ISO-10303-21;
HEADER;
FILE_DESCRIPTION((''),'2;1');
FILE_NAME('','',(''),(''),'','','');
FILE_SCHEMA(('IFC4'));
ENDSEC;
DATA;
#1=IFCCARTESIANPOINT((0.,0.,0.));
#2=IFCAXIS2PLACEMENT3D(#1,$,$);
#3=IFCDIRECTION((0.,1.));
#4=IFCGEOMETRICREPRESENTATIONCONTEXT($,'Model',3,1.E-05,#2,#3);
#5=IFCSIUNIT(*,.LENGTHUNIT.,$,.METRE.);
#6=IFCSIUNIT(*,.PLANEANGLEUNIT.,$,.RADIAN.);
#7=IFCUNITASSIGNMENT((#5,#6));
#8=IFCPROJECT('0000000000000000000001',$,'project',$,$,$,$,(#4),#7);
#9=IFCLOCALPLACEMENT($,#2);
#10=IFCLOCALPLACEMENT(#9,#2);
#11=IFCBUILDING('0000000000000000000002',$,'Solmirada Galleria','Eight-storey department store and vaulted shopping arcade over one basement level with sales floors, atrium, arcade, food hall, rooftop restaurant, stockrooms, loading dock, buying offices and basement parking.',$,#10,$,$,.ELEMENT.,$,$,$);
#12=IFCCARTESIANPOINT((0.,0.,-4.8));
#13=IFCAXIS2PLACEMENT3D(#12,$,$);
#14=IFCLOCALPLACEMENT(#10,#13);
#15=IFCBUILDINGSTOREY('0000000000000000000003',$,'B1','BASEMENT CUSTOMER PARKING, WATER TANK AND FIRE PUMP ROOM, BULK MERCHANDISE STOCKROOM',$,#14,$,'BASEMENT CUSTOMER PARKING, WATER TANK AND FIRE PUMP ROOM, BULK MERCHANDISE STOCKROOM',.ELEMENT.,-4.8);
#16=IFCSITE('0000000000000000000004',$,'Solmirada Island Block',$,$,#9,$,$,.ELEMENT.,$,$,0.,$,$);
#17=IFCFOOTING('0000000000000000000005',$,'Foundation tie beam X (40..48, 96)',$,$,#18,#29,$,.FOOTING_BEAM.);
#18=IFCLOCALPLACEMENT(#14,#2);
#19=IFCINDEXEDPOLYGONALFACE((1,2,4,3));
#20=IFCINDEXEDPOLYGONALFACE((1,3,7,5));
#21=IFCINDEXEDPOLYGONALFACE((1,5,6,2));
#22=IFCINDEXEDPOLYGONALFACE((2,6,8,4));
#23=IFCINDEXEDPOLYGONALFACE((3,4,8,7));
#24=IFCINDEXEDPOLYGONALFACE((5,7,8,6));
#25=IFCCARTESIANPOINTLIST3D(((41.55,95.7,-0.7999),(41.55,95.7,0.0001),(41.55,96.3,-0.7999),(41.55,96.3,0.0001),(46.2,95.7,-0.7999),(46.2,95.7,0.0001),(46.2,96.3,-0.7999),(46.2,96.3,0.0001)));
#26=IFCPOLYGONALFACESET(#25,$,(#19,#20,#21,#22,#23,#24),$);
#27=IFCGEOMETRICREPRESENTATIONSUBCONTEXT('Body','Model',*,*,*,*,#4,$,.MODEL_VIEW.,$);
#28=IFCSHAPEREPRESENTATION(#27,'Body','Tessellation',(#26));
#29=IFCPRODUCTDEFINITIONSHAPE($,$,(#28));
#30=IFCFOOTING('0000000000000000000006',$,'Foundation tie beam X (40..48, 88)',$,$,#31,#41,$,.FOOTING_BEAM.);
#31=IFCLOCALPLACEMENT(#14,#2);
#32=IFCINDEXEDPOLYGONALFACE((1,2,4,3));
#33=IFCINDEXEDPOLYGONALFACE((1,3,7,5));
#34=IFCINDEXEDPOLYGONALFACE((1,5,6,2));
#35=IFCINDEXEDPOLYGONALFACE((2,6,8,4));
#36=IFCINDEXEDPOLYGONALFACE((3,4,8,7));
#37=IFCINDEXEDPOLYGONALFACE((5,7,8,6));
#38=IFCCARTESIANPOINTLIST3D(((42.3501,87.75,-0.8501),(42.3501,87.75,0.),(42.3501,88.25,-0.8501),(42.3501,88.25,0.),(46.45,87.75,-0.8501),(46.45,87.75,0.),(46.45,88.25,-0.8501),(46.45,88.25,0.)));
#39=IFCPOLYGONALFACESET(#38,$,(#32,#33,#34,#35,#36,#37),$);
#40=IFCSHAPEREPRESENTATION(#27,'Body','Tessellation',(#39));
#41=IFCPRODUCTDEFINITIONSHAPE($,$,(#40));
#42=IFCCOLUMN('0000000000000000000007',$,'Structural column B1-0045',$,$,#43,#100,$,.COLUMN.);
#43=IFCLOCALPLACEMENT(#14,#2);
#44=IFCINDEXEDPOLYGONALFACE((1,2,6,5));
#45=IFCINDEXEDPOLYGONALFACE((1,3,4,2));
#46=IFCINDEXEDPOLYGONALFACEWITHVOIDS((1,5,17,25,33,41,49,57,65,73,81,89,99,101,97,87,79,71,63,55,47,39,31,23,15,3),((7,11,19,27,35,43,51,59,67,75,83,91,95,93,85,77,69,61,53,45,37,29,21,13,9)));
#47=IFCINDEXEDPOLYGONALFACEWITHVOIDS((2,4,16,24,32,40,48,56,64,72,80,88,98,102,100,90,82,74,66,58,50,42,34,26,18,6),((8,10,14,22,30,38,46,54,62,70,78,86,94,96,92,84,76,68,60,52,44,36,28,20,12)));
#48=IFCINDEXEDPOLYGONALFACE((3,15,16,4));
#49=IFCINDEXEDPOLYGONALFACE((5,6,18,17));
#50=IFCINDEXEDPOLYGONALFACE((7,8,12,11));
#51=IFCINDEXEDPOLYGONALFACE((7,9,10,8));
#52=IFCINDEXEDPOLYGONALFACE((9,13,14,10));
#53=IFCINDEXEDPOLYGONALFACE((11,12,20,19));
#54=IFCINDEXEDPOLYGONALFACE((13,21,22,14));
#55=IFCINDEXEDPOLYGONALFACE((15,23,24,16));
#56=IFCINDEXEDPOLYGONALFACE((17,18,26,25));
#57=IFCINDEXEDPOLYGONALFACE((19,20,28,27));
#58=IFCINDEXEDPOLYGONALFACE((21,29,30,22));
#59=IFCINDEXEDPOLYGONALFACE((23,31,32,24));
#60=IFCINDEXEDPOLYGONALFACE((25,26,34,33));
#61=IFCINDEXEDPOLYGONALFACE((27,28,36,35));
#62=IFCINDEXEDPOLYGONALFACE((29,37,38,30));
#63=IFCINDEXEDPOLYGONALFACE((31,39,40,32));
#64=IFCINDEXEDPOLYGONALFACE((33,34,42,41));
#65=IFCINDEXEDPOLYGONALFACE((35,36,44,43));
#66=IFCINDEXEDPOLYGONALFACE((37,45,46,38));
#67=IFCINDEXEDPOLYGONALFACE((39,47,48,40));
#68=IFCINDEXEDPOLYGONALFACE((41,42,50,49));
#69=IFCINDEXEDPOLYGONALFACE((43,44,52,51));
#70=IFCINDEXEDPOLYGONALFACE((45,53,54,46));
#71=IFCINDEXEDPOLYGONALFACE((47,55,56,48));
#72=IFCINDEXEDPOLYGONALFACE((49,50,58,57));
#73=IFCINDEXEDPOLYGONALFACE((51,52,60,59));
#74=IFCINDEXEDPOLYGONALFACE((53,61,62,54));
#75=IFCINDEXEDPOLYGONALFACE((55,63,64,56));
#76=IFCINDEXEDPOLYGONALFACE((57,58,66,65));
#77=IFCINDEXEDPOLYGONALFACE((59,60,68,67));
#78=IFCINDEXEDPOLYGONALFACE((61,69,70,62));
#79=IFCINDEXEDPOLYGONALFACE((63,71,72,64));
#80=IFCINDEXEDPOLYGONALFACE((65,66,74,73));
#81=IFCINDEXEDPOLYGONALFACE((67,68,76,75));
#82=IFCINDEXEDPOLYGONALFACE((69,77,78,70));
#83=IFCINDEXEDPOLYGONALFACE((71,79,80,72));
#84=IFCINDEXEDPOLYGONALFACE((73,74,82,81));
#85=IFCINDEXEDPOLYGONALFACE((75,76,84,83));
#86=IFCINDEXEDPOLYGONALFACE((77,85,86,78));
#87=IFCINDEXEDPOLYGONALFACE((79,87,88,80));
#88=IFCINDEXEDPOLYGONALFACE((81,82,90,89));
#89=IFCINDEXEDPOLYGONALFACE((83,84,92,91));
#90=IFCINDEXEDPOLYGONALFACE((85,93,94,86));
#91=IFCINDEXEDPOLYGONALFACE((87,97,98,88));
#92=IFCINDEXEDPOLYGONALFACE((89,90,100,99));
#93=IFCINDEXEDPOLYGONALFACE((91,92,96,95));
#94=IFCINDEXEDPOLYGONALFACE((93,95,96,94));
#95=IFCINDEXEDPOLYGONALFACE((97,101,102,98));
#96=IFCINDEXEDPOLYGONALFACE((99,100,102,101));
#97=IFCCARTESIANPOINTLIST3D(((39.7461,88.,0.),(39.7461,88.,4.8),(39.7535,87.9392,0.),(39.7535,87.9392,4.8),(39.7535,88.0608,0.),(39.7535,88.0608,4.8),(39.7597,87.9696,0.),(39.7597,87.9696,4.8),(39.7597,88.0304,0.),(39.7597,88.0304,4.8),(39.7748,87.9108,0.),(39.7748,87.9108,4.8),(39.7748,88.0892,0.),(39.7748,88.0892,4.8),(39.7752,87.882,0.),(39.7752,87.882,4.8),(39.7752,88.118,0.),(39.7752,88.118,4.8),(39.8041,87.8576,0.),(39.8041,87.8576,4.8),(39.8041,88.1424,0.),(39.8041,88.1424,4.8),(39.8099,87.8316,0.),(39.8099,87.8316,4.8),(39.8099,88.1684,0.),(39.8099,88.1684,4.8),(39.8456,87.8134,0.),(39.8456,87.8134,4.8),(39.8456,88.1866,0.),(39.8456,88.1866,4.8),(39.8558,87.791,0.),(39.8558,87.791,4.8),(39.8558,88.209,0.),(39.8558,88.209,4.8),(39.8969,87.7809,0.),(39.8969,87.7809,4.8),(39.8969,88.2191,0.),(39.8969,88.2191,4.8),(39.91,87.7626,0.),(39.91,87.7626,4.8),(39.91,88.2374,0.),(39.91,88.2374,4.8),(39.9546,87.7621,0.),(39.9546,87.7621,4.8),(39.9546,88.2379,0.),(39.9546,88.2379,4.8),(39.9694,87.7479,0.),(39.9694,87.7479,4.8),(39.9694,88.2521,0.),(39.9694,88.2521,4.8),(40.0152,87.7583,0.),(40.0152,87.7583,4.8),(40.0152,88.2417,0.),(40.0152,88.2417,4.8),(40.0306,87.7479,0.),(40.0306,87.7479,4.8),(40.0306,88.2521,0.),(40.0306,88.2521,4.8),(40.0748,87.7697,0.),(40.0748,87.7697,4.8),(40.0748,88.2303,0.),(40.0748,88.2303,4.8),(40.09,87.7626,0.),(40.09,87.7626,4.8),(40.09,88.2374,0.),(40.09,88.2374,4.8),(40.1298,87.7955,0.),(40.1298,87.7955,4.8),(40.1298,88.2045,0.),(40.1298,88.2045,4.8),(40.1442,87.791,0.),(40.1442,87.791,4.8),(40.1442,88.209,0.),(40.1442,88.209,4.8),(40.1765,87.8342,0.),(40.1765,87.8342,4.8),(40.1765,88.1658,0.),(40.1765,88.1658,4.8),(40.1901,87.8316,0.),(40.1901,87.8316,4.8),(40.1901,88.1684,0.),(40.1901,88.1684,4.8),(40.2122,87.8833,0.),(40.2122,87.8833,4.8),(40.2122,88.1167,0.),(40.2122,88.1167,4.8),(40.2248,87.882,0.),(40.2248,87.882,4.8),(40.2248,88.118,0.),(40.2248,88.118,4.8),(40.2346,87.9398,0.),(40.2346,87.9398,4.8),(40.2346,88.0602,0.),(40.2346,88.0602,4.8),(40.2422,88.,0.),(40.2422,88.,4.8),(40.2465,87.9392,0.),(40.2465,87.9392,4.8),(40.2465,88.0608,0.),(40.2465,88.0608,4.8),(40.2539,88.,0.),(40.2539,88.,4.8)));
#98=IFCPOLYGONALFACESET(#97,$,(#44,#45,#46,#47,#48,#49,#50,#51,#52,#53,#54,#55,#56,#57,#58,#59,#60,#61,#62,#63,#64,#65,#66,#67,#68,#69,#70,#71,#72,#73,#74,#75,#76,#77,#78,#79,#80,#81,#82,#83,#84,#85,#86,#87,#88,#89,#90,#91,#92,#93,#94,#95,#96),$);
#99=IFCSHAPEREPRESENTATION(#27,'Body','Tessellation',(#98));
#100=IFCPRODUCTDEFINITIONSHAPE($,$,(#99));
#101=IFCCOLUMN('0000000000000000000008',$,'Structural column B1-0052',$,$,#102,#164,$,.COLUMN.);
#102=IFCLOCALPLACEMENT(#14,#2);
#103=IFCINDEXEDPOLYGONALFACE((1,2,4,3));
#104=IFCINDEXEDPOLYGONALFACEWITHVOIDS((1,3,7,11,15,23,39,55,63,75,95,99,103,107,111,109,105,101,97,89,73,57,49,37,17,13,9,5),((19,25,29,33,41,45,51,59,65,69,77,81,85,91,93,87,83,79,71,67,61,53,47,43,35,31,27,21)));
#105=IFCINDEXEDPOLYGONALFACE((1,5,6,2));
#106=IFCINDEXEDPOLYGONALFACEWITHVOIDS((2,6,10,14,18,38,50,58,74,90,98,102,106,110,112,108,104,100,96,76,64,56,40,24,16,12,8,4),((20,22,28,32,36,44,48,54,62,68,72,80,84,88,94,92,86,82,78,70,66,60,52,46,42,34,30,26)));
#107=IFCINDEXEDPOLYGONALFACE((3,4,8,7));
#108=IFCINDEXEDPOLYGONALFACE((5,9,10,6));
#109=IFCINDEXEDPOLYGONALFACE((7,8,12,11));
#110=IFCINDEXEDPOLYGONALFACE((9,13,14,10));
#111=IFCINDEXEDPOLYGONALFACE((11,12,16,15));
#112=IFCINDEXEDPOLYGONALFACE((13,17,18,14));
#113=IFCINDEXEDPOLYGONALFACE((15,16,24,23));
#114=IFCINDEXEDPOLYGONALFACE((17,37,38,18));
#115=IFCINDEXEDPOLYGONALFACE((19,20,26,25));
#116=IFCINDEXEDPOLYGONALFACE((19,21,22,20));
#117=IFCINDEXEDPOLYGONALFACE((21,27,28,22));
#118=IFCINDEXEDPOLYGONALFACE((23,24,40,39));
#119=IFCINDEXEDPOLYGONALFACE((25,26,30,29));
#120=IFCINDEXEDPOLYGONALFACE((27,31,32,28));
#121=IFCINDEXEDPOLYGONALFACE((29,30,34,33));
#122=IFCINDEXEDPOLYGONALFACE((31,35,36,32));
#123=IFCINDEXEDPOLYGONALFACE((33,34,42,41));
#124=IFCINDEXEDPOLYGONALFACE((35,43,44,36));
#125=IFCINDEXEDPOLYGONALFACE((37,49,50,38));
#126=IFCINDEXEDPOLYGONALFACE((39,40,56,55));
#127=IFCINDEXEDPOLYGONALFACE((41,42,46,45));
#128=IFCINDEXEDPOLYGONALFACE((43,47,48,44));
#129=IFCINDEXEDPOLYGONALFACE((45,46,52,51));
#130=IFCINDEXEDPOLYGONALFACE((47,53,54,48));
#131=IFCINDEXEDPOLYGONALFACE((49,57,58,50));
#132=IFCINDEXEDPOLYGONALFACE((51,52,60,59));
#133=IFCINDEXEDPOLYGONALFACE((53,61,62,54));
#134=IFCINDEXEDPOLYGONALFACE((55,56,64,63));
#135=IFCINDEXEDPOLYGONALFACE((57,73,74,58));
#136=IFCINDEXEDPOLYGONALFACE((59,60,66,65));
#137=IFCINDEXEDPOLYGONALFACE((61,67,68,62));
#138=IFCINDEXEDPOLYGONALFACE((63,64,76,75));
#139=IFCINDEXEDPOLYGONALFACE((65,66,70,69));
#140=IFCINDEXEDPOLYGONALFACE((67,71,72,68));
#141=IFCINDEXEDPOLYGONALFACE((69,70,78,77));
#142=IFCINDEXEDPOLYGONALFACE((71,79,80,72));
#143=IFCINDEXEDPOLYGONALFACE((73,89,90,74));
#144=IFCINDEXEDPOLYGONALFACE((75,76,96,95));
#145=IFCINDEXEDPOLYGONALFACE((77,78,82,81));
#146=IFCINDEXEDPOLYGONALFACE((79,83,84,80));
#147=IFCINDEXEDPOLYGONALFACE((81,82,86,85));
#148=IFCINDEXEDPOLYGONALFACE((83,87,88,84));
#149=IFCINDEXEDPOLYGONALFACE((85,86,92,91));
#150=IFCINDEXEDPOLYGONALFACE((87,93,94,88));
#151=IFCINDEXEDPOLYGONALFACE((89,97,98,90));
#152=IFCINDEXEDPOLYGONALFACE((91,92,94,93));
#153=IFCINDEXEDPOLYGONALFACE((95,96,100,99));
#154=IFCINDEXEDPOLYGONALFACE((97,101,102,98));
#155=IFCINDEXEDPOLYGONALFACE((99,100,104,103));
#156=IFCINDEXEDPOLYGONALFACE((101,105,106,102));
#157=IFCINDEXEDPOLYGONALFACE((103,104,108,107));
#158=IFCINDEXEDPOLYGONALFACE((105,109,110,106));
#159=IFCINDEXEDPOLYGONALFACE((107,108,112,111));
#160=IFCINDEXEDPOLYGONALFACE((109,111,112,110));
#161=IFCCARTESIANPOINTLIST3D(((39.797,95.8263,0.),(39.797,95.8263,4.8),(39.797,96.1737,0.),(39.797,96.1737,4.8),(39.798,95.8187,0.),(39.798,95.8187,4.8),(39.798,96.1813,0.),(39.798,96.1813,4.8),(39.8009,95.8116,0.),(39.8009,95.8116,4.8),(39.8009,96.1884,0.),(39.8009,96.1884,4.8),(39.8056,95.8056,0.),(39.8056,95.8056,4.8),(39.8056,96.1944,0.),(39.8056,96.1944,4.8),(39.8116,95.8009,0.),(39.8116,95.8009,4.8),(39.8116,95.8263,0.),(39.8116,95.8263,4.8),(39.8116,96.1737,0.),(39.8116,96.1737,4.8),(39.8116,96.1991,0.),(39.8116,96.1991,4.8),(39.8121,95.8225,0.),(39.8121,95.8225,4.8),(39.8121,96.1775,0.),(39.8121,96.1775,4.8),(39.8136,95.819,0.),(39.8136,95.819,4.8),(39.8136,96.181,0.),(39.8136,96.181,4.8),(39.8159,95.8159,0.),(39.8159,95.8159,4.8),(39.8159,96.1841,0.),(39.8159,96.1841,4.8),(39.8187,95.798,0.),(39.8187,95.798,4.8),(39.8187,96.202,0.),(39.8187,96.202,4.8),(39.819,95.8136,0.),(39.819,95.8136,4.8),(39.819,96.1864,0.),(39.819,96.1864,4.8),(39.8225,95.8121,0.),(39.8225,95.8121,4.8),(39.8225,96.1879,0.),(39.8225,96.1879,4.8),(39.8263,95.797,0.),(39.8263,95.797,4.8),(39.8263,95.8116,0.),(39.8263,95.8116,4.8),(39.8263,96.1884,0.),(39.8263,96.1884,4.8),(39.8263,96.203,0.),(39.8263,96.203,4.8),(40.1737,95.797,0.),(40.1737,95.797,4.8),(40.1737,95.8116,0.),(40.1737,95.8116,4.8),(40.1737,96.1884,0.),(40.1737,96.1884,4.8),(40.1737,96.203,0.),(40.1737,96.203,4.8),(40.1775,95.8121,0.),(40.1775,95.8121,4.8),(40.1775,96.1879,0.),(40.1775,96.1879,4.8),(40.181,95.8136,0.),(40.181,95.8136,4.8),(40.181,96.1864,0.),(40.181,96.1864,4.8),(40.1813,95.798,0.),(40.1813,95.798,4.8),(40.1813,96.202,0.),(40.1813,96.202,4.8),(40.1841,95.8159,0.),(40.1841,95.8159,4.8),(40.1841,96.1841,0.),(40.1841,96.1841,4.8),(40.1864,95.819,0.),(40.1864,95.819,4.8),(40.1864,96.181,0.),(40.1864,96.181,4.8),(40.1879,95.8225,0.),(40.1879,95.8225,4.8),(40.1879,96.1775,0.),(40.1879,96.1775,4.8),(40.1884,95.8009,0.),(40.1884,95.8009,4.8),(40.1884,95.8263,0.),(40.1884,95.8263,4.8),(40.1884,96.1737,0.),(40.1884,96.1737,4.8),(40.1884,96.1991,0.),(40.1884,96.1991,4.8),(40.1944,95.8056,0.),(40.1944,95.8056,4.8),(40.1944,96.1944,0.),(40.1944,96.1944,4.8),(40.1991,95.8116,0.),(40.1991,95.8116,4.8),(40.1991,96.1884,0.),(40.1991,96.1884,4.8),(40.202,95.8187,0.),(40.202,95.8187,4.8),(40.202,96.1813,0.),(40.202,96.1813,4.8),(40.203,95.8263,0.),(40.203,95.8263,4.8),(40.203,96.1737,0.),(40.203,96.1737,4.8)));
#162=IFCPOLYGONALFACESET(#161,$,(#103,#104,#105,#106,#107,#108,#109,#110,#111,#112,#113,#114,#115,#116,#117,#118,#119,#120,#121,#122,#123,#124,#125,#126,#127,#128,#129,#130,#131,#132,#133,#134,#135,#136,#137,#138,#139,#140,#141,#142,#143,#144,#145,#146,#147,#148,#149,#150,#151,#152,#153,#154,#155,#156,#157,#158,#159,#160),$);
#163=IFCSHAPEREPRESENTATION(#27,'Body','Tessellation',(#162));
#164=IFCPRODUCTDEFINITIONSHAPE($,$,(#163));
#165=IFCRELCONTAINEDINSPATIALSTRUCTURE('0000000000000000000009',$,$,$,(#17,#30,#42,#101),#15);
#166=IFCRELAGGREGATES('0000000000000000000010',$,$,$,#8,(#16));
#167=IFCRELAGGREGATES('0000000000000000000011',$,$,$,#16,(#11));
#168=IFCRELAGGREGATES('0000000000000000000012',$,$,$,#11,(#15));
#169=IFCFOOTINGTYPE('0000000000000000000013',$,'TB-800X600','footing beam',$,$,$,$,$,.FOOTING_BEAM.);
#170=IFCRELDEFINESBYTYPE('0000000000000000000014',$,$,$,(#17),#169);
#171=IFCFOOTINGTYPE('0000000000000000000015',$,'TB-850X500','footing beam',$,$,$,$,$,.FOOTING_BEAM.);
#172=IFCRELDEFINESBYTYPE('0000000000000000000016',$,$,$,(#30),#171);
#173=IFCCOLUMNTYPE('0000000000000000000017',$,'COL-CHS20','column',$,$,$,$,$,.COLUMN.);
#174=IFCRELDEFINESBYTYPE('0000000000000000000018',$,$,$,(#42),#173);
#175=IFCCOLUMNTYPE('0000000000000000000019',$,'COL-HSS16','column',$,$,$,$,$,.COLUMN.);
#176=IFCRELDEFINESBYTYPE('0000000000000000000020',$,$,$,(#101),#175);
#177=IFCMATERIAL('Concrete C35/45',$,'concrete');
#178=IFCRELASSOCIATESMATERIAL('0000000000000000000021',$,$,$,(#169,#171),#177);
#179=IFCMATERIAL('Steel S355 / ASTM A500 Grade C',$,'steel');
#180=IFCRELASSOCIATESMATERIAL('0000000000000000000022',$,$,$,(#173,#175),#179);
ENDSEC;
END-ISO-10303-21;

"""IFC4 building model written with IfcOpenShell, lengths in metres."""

from ifc_helpers import new_model, si_unit, direction, frame, origin, origin_2d, place, context, subcontext, project, spatial, rectangle, hollow_rectangle, hollow_circle, extrude, material, material_profile, profile_set, type_object, element, save


model = new_model("IFC4")

# Units and contexts
model_context = context("Model", 3, precision=1e-05, world=origin(), true_north=direction((0.0, 1.0)))
body_context = subcontext(model_context, "Body", "Model", "MODEL_VIEW")
ifc_project = project(units=[si_unit("LENGTHUNIT", "METRE"), si_unit("PLANEANGLEUNIT", "RADIAN")], contexts=[model_context])

# Site, building, storey
site_placement = place(None, origin())
site = spatial("IfcSite", under=ifc_project, at=site_placement, Name="Solmirada Island Block", CompositionType="ELEMENT", RefElevation=0.0)
building_placement = place(site_placement, origin())
building = spatial("IfcBuilding", under=site, at=building_placement, Name="Solmirada Galleria", Description="Eight-storey department store and vaulted shopping arcade over one basement level with sales floors, atrium, arcade, food hall, rooftop restaurant, stockrooms, loading dock, buying offices and basement parking.", CompositionType="ELEMENT")
storey_placement = place(building_placement, frame((0.0, 0.0, -4.8)))
storey = spatial("IfcBuildingStorey", under=building, at=storey_placement, Name="B1", Description="BASEMENT CUSTOMER PARKING, WATER TANK AND FIRE PUMP ROOM, BULK MERCHANDISE STOCKROOM", LongName="BASEMENT CUSTOMER PARKING, WATER TANK AND FIRE PUMP ROOM, BULK MERCHANDISE STOCKROOM", CompositionType="ELEMENT", Elevation=-4.8)

# Shared definitions
ifc_material_1 = material(Name="Concrete C35/45", Category="concrete")

# Footings
ifc_material_profile_1 = material_profile(ifc_material_1, rectangle(XDim=0.6001, YDim=0.8, at=origin_2d()), Name="RC800X600")
ifc_profile_set_1 = profile_set([ifc_material_profile_1], Name="Concrete C35/45")
footing_type_1 = type_object("IfcFootingType", Name="TB-800X600", Description="footing beam", PredefinedType="FOOTING_BEAM", material=ifc_profile_set_1)
footing_1_placement = place(storey_placement, frame((41.55, 96.0, -0.3999), z_axis=(1.0, 0.0, 0.0), x_axis=(0.0, 1.0, 0.0)))
element("IfcFooting", 1, at=footing_1_placement, inside=storey, type_object=footing_type_1, Name="Foundation tie beam X (40..48, 96)", PredefinedType="FOOTING_BEAM", context=body_context, shape_type="SweptSolid", body=[
    extrude(rectangle(XDim=0.6001, YDim=0.8, at=origin_2d()), origin(), (0.0, 0.0, 1.0), 4.6499),
])
ifc_material_profile_2 = material_profile(ifc_material_1, rectangle(XDim=0.5, YDim=0.8501, at=origin_2d()), Name="RC850X500")
ifc_profile_set_2 = profile_set([ifc_material_profile_2], Name="Concrete C35/45")
footing_type_2 = type_object("IfcFootingType", Name="TB-850X500", Description="footing beam", PredefinedType="FOOTING_BEAM", material=ifc_profile_set_2)
footing_2_placement = place(storey_placement, frame((42.3501, 88.0, -0.425), z_axis=(1.0, 0.0, 0.0), x_axis=(0.0, 1.0, 0.0)))
element("IfcFooting", 2, at=footing_2_placement, inside=storey, type_object=footing_type_2, Name="Foundation tie beam X (40..48, 88)", PredefinedType="FOOTING_BEAM", context=body_context, shape_type="SweptSolid", body=[
    extrude(rectangle(XDim=0.5, YDim=0.8501, at=origin_2d()), origin(), (0.0, 0.0, 1.0), 4.0999),
])

# Columns
ifc_material_2 = material(Name="Steel S355 / ASTM A500 Grade C", Category="steel")
ifc_material_profile_3 = material_profile(ifc_material_2, hollow_circle(Radius=0.2539, WallThickness=0.0117, at=origin_2d()), Name="HSS20.000X0.500")
ifc_profile_set_3 = profile_set([ifc_material_profile_3], Name="Steel S355 / ASTM A500 Grade C")
column_type_1 = type_object("IfcColumnType", Name="COL-CHS20", Description="column", PredefinedType="COLUMN", material=ifc_profile_set_3)
column_1_placement = place(storey_placement, frame((40.0, 88.0, 0.0), z_axis=(0.0, 0.0, 1.0), x_axis=(1.0, 0.0, 0.0)))
element("IfcColumn", 3, at=column_1_placement, inside=storey, type_object=column_type_1, Name="Structural column B1-0045", PredefinedType="COLUMN", context=body_context, shape_type="SweptSolid", body=[
    extrude(hollow_circle(Radius=0.2539, WallThickness=0.0117, at=origin_2d()), origin(), (0.0, 0.0, 1.0), 4.8),
])
ifc_material_profile_4 = material_profile(ifc_material_2, hollow_rectangle(XDim=0.406, YDim=0.406, WallThickness=0.0146, InnerFilletRadius=0.0146, OuterFilletRadius=0.0293, at=origin_2d()), Name="HSS16X16X5/8")
ifc_profile_set_4 = profile_set([ifc_material_profile_4], Name="Steel S355 / ASTM A500 Grade C")
column_type_2 = type_object("IfcColumnType", Name="COL-HSS16", Description="column", PredefinedType="COLUMN", material=ifc_profile_set_4)
column_2_placement = place(storey_placement, frame((40.0, 96.0, 0.0), z_axis=(0.0, 0.0, 1.0), x_axis=(1.0, 0.0, 0.0)))
element("IfcColumn", 4, at=column_2_placement, inside=storey, type_object=column_type_2, Name="Structural column B1-0052", PredefinedType="COLUMN", context=body_context, shape_type="SweptSolid", body=[
    extrude(hollow_rectangle(XDim=0.406, YDim=0.406, WallThickness=0.0146, InnerFilletRadius=0.0146, OuterFilletRadius=0.0293, at=origin_2d()), origin(), (0.0, 0.0, 1.0), 4.8),
])

save(model, "model.ifc")
